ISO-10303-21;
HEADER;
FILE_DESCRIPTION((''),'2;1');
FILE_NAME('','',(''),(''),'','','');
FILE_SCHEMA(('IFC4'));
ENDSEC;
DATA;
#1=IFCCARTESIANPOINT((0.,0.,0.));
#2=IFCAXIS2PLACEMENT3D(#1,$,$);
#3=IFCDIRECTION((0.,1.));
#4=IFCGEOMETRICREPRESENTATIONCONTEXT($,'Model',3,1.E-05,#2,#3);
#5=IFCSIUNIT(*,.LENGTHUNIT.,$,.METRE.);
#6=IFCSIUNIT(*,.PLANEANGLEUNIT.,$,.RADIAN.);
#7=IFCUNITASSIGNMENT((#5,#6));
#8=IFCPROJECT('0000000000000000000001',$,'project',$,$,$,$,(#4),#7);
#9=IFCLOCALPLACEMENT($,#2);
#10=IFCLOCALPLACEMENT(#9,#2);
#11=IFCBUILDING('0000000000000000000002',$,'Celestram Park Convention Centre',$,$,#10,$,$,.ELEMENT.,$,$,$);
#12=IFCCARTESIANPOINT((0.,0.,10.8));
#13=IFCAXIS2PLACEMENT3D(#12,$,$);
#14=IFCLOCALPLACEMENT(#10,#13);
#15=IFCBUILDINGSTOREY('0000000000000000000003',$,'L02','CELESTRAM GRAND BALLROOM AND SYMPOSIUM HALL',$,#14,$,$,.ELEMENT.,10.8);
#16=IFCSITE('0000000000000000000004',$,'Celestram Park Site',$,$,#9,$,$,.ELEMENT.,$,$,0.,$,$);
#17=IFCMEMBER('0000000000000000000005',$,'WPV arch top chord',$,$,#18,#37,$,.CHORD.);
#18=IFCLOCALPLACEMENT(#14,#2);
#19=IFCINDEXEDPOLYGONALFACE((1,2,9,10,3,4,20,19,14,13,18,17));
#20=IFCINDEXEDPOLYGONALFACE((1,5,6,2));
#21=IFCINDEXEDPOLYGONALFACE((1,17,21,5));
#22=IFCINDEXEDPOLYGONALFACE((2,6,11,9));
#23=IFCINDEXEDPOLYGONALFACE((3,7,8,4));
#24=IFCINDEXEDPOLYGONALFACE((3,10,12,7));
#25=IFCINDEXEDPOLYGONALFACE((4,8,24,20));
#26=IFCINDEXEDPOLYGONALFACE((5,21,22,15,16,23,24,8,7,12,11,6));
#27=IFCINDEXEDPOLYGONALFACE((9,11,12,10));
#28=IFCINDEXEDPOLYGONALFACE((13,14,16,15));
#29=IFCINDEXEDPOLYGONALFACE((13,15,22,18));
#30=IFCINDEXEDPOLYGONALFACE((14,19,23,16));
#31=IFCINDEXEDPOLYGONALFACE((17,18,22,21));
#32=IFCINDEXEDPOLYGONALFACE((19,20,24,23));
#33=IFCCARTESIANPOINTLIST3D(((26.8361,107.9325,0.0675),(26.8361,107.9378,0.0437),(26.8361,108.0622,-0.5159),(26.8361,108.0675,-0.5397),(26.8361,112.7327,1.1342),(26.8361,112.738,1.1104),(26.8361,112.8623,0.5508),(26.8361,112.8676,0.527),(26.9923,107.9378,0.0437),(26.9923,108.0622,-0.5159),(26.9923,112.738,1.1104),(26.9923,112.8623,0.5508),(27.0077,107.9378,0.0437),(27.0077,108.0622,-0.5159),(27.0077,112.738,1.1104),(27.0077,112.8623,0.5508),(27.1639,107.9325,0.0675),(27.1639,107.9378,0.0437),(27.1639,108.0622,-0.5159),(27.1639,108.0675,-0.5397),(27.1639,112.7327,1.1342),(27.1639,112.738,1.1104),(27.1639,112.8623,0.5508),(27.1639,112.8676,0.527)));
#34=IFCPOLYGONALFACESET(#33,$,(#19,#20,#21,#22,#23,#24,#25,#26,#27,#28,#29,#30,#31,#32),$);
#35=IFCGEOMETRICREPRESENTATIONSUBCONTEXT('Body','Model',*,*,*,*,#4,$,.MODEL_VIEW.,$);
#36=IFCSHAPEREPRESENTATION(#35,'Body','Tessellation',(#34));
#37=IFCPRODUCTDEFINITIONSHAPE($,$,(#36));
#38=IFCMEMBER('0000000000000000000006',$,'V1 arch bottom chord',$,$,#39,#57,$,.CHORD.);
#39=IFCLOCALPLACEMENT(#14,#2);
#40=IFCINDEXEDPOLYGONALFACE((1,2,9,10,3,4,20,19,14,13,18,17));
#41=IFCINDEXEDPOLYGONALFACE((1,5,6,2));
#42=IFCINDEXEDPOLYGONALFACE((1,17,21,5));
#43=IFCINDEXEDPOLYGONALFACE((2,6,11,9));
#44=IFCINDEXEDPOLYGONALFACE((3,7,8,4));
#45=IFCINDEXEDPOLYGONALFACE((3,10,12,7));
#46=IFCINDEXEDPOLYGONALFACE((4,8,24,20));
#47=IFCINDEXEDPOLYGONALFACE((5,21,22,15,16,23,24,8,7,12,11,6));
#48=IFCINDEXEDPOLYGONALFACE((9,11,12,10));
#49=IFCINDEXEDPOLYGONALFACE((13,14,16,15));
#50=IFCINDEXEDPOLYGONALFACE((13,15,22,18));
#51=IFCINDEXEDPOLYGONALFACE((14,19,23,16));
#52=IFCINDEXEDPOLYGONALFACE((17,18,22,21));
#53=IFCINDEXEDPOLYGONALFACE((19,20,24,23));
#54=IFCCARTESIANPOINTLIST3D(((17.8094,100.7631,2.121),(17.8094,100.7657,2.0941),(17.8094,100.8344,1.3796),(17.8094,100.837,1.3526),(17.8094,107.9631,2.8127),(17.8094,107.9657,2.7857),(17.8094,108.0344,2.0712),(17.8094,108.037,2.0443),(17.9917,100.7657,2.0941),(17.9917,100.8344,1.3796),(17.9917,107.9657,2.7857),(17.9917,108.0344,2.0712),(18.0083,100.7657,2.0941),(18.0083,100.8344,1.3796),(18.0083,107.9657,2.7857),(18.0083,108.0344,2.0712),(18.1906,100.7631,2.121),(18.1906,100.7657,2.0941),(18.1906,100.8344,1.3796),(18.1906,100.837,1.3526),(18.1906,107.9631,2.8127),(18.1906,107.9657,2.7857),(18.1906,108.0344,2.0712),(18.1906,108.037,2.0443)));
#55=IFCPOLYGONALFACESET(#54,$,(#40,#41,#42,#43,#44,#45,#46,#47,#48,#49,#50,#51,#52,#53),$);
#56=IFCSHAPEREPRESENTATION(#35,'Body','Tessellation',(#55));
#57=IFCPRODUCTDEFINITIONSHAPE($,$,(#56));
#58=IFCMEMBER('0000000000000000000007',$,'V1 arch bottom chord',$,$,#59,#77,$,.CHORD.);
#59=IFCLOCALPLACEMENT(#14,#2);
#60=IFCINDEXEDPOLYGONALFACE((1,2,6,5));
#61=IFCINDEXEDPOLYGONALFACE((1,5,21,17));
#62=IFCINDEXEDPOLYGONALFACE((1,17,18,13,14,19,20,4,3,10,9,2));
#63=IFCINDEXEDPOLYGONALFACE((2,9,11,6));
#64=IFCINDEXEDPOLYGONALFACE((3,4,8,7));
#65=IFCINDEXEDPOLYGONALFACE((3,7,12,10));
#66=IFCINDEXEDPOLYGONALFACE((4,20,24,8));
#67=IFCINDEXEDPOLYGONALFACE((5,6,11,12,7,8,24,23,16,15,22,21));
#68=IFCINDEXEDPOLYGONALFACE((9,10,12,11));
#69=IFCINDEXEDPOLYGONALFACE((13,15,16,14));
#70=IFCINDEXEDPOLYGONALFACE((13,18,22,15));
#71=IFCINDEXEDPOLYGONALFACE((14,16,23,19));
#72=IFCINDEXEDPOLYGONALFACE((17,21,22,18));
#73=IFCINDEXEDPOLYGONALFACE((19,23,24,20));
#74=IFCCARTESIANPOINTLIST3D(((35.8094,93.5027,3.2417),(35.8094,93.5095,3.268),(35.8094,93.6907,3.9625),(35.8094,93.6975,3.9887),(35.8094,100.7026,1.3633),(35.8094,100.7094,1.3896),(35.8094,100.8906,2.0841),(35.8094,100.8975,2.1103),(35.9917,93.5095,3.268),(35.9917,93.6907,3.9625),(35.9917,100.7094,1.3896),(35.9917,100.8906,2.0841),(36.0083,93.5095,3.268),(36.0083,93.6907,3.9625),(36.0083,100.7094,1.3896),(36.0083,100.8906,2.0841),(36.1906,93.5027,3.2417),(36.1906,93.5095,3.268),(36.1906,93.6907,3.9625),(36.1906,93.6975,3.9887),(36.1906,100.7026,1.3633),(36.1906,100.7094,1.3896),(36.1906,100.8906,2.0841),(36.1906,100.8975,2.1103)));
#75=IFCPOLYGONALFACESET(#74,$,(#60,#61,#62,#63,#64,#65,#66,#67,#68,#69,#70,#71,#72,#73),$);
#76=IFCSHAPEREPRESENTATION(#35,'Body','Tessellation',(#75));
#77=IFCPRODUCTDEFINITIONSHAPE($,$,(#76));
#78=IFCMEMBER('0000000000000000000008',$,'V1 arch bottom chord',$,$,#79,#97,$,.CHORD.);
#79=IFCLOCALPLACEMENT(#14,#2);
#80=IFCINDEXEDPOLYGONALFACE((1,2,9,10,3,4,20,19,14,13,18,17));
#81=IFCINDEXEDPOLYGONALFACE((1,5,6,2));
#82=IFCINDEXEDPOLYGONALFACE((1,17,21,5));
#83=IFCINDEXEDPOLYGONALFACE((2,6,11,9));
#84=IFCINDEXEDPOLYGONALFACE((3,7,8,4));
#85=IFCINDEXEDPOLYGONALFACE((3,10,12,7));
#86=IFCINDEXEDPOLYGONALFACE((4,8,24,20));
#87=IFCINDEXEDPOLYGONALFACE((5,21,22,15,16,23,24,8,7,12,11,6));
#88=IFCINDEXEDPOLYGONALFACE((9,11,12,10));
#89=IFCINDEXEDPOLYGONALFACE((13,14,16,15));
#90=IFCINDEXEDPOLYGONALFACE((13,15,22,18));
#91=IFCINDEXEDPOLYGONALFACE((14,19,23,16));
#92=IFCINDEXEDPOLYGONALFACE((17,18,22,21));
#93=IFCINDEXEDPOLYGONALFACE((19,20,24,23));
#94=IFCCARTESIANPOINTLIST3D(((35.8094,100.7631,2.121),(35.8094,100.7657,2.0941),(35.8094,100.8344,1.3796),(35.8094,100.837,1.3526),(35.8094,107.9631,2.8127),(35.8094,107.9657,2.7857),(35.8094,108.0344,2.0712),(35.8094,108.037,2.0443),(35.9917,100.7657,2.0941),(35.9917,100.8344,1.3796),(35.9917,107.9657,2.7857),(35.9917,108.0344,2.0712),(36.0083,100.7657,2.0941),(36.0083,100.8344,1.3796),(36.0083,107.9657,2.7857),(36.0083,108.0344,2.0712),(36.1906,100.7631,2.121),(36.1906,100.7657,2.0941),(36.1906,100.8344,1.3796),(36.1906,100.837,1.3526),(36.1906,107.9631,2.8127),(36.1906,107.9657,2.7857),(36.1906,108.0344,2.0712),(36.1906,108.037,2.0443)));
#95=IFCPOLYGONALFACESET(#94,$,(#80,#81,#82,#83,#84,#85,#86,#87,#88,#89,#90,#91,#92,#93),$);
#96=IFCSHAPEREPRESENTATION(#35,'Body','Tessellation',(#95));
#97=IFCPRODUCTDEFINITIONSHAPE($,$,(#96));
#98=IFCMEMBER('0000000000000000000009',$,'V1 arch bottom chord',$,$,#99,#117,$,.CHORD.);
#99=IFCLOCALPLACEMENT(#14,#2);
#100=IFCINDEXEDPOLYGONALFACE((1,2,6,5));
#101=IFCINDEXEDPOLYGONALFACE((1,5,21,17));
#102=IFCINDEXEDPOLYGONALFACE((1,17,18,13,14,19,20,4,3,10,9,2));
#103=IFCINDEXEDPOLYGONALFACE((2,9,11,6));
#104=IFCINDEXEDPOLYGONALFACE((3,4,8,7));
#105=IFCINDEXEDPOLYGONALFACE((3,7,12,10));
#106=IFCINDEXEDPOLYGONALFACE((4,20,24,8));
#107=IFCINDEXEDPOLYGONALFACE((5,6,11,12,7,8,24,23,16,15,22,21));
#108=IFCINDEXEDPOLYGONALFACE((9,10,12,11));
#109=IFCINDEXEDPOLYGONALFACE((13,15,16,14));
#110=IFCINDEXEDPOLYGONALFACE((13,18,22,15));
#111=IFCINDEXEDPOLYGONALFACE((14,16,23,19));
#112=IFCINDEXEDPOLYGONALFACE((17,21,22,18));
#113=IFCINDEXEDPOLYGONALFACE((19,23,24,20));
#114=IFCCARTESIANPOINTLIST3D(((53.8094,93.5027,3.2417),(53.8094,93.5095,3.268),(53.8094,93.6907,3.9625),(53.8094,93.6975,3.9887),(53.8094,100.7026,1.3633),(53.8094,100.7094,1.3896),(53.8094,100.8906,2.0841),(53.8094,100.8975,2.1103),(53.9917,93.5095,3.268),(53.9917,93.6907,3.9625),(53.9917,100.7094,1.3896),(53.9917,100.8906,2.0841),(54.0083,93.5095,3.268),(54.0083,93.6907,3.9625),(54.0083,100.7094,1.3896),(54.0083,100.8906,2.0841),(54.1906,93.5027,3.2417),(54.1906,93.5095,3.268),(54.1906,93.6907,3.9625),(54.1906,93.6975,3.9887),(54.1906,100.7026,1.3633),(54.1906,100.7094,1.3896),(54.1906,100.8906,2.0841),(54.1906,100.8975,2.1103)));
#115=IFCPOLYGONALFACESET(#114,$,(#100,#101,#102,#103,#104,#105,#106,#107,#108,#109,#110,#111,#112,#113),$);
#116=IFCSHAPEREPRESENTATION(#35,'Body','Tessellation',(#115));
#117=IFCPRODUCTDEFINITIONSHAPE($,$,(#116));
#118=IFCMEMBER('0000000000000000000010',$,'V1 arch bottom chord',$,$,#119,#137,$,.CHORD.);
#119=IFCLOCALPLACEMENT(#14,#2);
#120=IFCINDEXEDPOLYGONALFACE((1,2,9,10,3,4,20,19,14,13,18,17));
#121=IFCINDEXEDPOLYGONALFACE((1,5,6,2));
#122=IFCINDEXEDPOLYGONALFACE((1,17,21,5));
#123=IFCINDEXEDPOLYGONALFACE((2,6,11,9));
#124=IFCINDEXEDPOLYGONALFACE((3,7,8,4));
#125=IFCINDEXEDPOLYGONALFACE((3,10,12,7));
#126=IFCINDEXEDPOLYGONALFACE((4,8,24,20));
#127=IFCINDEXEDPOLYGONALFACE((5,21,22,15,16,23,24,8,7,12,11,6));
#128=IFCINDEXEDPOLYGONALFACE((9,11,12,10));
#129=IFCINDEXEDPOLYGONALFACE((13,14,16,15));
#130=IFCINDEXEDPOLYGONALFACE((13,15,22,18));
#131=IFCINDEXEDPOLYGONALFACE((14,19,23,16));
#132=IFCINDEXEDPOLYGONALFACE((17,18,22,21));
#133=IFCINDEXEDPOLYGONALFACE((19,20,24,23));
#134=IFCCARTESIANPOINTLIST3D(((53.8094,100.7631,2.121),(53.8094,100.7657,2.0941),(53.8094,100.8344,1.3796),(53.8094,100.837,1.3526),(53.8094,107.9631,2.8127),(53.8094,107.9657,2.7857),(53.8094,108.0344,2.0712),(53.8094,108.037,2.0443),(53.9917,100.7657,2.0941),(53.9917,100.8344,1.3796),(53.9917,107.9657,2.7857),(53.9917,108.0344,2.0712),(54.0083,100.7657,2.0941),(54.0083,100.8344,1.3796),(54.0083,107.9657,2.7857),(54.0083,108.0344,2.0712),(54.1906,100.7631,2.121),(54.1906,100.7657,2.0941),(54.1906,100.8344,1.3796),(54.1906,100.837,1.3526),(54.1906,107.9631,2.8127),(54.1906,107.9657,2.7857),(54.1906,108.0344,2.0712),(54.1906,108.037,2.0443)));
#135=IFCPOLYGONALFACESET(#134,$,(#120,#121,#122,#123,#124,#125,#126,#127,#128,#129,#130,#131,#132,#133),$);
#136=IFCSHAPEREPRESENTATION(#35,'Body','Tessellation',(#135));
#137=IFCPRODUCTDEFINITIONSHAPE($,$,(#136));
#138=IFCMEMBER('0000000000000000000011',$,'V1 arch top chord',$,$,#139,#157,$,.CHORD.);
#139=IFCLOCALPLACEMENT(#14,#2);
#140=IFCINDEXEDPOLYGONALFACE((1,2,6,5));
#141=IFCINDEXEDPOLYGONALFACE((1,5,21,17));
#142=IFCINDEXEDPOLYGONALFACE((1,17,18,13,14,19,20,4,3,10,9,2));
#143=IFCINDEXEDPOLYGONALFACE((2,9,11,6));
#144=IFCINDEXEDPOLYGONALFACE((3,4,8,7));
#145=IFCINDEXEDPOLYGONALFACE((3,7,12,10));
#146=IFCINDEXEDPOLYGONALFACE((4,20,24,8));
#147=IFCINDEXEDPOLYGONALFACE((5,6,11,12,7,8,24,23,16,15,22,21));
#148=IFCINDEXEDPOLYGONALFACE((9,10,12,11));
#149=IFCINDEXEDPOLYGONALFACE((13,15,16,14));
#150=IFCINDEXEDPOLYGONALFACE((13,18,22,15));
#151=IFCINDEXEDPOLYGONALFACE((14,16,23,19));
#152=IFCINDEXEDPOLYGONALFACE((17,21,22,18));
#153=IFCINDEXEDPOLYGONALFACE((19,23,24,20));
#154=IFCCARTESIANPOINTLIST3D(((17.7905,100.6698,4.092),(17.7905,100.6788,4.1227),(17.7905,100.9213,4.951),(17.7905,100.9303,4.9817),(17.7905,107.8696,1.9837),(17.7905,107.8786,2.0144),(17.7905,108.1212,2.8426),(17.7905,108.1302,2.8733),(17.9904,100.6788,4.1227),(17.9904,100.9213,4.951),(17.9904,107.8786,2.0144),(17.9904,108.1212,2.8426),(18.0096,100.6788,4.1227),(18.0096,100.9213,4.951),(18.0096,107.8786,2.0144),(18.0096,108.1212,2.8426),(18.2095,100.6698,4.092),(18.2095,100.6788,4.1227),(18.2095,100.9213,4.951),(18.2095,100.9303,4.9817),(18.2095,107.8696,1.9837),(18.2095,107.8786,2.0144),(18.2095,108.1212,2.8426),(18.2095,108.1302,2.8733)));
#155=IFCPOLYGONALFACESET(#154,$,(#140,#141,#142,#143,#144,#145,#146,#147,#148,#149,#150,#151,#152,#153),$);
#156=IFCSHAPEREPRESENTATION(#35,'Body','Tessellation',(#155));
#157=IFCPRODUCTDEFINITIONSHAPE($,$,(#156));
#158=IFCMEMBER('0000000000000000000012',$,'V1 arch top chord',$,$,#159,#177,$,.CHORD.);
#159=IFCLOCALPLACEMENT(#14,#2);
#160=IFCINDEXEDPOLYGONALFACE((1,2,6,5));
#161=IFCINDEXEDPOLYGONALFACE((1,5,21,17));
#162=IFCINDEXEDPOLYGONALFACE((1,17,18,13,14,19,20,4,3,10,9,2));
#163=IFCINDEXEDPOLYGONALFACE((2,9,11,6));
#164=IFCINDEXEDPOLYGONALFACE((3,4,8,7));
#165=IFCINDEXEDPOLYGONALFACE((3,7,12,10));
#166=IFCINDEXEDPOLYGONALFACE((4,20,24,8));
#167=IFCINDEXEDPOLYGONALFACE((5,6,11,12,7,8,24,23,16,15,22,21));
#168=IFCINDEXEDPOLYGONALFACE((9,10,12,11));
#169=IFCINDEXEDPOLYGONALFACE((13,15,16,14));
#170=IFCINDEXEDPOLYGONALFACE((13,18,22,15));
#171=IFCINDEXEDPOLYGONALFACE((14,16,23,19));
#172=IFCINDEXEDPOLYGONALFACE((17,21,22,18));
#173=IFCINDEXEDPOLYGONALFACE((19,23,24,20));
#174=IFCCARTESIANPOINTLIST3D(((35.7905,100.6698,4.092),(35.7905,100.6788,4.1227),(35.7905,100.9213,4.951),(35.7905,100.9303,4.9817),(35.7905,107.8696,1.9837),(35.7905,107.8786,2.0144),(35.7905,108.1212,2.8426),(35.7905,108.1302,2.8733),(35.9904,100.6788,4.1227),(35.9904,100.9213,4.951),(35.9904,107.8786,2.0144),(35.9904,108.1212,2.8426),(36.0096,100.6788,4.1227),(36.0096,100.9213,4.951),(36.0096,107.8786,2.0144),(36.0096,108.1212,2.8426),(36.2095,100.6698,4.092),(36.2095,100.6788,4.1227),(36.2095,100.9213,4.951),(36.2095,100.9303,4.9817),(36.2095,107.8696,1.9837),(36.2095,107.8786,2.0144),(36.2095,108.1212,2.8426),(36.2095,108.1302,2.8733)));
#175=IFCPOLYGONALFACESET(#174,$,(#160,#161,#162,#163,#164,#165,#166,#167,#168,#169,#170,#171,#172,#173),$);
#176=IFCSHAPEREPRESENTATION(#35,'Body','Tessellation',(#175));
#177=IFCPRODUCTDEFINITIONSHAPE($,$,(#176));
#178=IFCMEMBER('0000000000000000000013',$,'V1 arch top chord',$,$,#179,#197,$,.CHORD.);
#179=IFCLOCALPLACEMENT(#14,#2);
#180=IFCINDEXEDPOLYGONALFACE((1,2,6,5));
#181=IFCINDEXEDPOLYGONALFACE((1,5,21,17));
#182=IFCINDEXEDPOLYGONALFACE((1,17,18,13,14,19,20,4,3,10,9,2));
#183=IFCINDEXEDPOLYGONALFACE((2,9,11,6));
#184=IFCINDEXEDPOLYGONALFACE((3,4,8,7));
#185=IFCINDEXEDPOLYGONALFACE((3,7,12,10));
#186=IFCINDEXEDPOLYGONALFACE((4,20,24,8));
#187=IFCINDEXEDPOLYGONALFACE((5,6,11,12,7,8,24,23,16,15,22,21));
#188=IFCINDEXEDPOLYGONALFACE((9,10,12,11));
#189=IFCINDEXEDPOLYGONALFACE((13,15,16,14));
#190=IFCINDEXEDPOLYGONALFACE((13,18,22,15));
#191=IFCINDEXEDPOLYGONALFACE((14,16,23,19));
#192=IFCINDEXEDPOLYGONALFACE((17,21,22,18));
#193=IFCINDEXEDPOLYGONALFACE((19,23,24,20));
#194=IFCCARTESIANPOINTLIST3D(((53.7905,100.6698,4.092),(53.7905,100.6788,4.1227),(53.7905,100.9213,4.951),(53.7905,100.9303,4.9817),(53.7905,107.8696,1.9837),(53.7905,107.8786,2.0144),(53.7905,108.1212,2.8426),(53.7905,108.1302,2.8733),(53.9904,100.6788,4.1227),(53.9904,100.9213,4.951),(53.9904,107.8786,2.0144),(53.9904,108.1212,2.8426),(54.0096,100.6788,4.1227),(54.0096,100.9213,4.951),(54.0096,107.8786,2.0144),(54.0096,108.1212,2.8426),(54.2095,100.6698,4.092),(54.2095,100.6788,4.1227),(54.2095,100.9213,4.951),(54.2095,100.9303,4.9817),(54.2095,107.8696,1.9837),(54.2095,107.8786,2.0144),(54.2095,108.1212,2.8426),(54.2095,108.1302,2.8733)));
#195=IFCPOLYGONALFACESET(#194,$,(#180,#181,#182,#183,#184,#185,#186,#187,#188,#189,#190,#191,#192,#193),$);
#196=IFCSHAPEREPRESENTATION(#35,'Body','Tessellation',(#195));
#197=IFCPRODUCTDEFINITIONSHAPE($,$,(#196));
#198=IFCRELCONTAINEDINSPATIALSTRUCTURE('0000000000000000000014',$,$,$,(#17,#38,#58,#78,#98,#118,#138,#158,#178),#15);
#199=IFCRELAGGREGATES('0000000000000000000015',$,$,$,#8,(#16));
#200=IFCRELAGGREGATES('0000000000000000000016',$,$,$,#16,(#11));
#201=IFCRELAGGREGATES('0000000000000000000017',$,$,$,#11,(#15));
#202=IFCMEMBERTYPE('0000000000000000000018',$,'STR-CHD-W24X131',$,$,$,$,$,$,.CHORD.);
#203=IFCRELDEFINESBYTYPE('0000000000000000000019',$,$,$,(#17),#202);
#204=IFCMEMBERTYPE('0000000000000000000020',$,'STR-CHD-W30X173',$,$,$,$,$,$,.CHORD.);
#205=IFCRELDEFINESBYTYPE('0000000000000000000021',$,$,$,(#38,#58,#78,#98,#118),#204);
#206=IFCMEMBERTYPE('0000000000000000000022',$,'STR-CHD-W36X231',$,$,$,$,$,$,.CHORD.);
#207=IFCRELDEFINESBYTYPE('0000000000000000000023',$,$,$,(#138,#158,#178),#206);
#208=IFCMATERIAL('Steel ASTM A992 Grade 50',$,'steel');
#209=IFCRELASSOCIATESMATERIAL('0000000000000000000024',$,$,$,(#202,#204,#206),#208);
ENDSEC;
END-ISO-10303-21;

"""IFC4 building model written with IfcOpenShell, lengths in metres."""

from ifc_helpers import new_model, si_unit, direction, frame, origin, origin_2d, place, context, subcontext, project, spatial, i_section, extrude, material, material_profile, profile_set, type_object, element, save


model = new_model("IFC4")

# Units and contexts
model_context = context("Model", 3, precision=1e-05, world=origin(), true_north=direction((0.0, 1.0)))
body_context = subcontext(model_context, "Body", "Model", "MODEL_VIEW")
ifc_project = project(units=[si_unit("LENGTHUNIT", "METRE"), si_unit("PLANEANGLEUNIT", "RADIAN")], contexts=[model_context])

# Site, building, storey
site_placement = place(None, origin())
site = spatial("IfcSite", under=ifc_project, at=site_placement, Name="Celestram Park Site", CompositionType="ELEMENT", RefElevation=0.0)
building_placement = place(site_placement, origin())
building = spatial("IfcBuilding", under=site, at=building_placement, Name="Celestram Park Convention Centre", CompositionType="ELEMENT")
storey_placement = place(building_placement, frame((0.0, 0.0, 10.8)))
storey = spatial("IfcBuildingStorey", under=building, at=storey_placement, Name="L02", Description="CELESTRAM GRAND BALLROOM AND SYMPOSIUM HALL", CompositionType="ELEMENT", Elevation=10.8)

# Shared definitions
ifc_material_1 = material(Name="Steel ASTM A992 Grade 50", Category="steel")

# Members
ifc_material_profile_1 = material_profile(ifc_material_1, i_section(OverallWidth=0.3279, OverallDepth=0.6221, WebThickness=0.0154, FlangeThickness=0.0244, at=origin_2d()), Name="W24X131")
ifc_profile_set_1 = profile_set([ifc_material_profile_1], Name="Steel ASTM A992 Grade 50")
member_type_1 = type_object("IfcMemberType", Name="STR-CHD-W24X131", PredefinedType="CHORD", material=ifc_profile_set_1)
for number, where, z_axis, x_axis, name in (
    (1, (27.0, 108.0, -0.2361), (0.0, 0.976188, 0.216925), (-1.0, 0.0, 0.0), "WPV arch top chord"),
):
    element("IfcMember", number, at=place(storey_placement, frame(where, z_axis=z_axis, x_axis=x_axis)), inside=storey, type_object=member_type_1, Name=name, PredefinedType="CHORD", context=body_context, shape_type="SweptSolid", body=[
        extrude(i_section(OverallWidth=0.3279, OverallDepth=0.6221, WebThickness=0.0154, FlangeThickness=0.0244, at=origin_2d()), origin(), (0.0, 0.0, 1.0), 4.9172),
    ])
ifc_material_profile_2 = material_profile(ifc_material_1, i_section(OverallWidth=0.3811, OverallDepth=0.772, WebThickness=0.0166, FlangeThickness=0.0271, at=origin_2d()), Name="W30X173")
ifc_profile_set_2 = profile_set([ifc_material_profile_2], Name="Steel ASTM A992 Grade 50")
member_type_2 = type_object("IfcMemberType", Name="STR-CHD-W30X173", PredefinedType="CHORD", material=ifc_profile_set_2)
member_1_placement = place(storey_placement, frame((18.0, 100.8, 1.7368), z_axis=(0.0, 0.995418, 0.095623), x_axis=(-1.0, 0.0, 0.0)))
element("IfcMember", 2, at=member_1_placement, inside=storey, type_object=member_type_2, Name="V1 arch bottom chord", PredefinedType="CHORD", context=body_context, shape_type="SweptSolid", body=[
    extrude(i_section(OverallWidth=0.3811, OverallDepth=0.772, WebThickness=0.0166, FlangeThickness=0.0271, at=origin_2d()), origin(), (0.0, 0.0, 1.0), 7.2332),
])
member_2_placement = place(storey_placement, frame((36.0, 93.6001, 3.6152), z_axis=(0.0, 0.967612, -0.252443), x_axis=(-1.0, 0.0, 0.0)))
element("IfcMember", 3, at=member_2_placement, inside=storey, type_object=member_type_2, Name="V1 arch bottom chord", PredefinedType="CHORD", context=body_context, shape_type="SweptSolid", body=[
    extrude(i_section(OverallWidth=0.3811, OverallDepth=0.772, WebThickness=0.0166, FlangeThickness=0.0271, at=origin_2d()), origin(), (0.0, 0.0, 1.0), 7.4409),
])
member_3_placement = place(storey_placement, frame((36.0, 100.8, 1.7368), z_axis=(0.0, 0.995418, 0.095623), x_axis=(-1.0, 0.0, 0.0)))
element("IfcMember", 4, at=member_3_placement, inside=storey, type_object=member_type_2, Name="V1 arch bottom chord", PredefinedType="CHORD", context=body_context, shape_type="SweptSolid", body=[
    extrude(i_section(OverallWidth=0.3811, OverallDepth=0.772, WebThickness=0.0166, FlangeThickness=0.0271, at=origin_2d()), origin(), (0.0, 0.0, 1.0), 7.2332),
])
member_4_placement = place(storey_placement, frame((54.0, 93.6001, 3.6152), z_axis=(0.0, 0.967612, -0.252443), x_axis=(-1.0, 0.0, 0.0)))
element("IfcMember", 5, at=member_4_placement, inside=storey, type_object=member_type_2, Name="V1 arch bottom chord", PredefinedType="CHORD", context=body_context, shape_type="SweptSolid", body=[
    extrude(i_section(OverallWidth=0.3811, OverallDepth=0.772, WebThickness=0.0166, FlangeThickness=0.0271, at=origin_2d()), origin(), (0.0, 0.0, 1.0), 7.4409),
])
member_5_placement = place(storey_placement, frame((54.0, 100.8, 1.7368), z_axis=(0.0, 0.995418, 0.095623), x_axis=(-1.0, 0.0, 0.0)))
element("IfcMember", 6, at=member_5_placement, inside=storey, type_object=member_type_2, Name="V1 arch bottom chord", PredefinedType="CHORD", context=body_context, shape_type="SweptSolid", body=[
    extrude(i_section(OverallWidth=0.3811, OverallDepth=0.772, WebThickness=0.0166, FlangeThickness=0.0271, at=origin_2d()), origin(), (0.0, 0.0, 1.0), 7.2332),
])
ifc_material_profile_3 = material_profile(ifc_material_1, i_section(OverallWidth=0.4189, OverallDepth=0.927, WebThickness=0.0193, FlangeThickness=0.032, at=origin_2d()), Name="W36X231")
ifc_profile_set_3 = profile_set([ifc_material_profile_3], Name="Steel ASTM A992 Grade 50")
member_type_3 = type_object("IfcMemberType", Name="STR-CHD-W36X231", PredefinedType="CHORD", material=ifc_profile_set_3)
for number, where, z_axis, x_axis, name in (
    (7, (18.0, 100.8, 4.5369), (0.0, 0.959698, -0.281033), (-1.0, 0.0, 0.0), "V1 arch top chord"),
    (8, (36.0, 100.8, 4.5369), (0.0, 0.959698, -0.281033), (-1.0, 0.0, 0.0), "V1 arch top chord"),
    (9, (54.0, 100.8, 4.5369), (0.0, 0.959698, -0.281033), (-1.0, 0.0, 0.0), "V1 arch top chord"),
):
    element("IfcMember", number, at=place(storey_placement, frame(where, z_axis=z_axis, x_axis=x_axis)), inside=storey, type_object=member_type_3, Name=name, PredefinedType="CHORD", context=body_context, shape_type="SweptSolid", body=[
        extrude(i_section(OverallWidth=0.4189, OverallDepth=0.927, WebThickness=0.0193, FlangeThickness=0.032, at=origin_2d()), origin(), (0.0, 0.0, 1.0), 7.5022),
    ])

save(model, "model.ifc")
